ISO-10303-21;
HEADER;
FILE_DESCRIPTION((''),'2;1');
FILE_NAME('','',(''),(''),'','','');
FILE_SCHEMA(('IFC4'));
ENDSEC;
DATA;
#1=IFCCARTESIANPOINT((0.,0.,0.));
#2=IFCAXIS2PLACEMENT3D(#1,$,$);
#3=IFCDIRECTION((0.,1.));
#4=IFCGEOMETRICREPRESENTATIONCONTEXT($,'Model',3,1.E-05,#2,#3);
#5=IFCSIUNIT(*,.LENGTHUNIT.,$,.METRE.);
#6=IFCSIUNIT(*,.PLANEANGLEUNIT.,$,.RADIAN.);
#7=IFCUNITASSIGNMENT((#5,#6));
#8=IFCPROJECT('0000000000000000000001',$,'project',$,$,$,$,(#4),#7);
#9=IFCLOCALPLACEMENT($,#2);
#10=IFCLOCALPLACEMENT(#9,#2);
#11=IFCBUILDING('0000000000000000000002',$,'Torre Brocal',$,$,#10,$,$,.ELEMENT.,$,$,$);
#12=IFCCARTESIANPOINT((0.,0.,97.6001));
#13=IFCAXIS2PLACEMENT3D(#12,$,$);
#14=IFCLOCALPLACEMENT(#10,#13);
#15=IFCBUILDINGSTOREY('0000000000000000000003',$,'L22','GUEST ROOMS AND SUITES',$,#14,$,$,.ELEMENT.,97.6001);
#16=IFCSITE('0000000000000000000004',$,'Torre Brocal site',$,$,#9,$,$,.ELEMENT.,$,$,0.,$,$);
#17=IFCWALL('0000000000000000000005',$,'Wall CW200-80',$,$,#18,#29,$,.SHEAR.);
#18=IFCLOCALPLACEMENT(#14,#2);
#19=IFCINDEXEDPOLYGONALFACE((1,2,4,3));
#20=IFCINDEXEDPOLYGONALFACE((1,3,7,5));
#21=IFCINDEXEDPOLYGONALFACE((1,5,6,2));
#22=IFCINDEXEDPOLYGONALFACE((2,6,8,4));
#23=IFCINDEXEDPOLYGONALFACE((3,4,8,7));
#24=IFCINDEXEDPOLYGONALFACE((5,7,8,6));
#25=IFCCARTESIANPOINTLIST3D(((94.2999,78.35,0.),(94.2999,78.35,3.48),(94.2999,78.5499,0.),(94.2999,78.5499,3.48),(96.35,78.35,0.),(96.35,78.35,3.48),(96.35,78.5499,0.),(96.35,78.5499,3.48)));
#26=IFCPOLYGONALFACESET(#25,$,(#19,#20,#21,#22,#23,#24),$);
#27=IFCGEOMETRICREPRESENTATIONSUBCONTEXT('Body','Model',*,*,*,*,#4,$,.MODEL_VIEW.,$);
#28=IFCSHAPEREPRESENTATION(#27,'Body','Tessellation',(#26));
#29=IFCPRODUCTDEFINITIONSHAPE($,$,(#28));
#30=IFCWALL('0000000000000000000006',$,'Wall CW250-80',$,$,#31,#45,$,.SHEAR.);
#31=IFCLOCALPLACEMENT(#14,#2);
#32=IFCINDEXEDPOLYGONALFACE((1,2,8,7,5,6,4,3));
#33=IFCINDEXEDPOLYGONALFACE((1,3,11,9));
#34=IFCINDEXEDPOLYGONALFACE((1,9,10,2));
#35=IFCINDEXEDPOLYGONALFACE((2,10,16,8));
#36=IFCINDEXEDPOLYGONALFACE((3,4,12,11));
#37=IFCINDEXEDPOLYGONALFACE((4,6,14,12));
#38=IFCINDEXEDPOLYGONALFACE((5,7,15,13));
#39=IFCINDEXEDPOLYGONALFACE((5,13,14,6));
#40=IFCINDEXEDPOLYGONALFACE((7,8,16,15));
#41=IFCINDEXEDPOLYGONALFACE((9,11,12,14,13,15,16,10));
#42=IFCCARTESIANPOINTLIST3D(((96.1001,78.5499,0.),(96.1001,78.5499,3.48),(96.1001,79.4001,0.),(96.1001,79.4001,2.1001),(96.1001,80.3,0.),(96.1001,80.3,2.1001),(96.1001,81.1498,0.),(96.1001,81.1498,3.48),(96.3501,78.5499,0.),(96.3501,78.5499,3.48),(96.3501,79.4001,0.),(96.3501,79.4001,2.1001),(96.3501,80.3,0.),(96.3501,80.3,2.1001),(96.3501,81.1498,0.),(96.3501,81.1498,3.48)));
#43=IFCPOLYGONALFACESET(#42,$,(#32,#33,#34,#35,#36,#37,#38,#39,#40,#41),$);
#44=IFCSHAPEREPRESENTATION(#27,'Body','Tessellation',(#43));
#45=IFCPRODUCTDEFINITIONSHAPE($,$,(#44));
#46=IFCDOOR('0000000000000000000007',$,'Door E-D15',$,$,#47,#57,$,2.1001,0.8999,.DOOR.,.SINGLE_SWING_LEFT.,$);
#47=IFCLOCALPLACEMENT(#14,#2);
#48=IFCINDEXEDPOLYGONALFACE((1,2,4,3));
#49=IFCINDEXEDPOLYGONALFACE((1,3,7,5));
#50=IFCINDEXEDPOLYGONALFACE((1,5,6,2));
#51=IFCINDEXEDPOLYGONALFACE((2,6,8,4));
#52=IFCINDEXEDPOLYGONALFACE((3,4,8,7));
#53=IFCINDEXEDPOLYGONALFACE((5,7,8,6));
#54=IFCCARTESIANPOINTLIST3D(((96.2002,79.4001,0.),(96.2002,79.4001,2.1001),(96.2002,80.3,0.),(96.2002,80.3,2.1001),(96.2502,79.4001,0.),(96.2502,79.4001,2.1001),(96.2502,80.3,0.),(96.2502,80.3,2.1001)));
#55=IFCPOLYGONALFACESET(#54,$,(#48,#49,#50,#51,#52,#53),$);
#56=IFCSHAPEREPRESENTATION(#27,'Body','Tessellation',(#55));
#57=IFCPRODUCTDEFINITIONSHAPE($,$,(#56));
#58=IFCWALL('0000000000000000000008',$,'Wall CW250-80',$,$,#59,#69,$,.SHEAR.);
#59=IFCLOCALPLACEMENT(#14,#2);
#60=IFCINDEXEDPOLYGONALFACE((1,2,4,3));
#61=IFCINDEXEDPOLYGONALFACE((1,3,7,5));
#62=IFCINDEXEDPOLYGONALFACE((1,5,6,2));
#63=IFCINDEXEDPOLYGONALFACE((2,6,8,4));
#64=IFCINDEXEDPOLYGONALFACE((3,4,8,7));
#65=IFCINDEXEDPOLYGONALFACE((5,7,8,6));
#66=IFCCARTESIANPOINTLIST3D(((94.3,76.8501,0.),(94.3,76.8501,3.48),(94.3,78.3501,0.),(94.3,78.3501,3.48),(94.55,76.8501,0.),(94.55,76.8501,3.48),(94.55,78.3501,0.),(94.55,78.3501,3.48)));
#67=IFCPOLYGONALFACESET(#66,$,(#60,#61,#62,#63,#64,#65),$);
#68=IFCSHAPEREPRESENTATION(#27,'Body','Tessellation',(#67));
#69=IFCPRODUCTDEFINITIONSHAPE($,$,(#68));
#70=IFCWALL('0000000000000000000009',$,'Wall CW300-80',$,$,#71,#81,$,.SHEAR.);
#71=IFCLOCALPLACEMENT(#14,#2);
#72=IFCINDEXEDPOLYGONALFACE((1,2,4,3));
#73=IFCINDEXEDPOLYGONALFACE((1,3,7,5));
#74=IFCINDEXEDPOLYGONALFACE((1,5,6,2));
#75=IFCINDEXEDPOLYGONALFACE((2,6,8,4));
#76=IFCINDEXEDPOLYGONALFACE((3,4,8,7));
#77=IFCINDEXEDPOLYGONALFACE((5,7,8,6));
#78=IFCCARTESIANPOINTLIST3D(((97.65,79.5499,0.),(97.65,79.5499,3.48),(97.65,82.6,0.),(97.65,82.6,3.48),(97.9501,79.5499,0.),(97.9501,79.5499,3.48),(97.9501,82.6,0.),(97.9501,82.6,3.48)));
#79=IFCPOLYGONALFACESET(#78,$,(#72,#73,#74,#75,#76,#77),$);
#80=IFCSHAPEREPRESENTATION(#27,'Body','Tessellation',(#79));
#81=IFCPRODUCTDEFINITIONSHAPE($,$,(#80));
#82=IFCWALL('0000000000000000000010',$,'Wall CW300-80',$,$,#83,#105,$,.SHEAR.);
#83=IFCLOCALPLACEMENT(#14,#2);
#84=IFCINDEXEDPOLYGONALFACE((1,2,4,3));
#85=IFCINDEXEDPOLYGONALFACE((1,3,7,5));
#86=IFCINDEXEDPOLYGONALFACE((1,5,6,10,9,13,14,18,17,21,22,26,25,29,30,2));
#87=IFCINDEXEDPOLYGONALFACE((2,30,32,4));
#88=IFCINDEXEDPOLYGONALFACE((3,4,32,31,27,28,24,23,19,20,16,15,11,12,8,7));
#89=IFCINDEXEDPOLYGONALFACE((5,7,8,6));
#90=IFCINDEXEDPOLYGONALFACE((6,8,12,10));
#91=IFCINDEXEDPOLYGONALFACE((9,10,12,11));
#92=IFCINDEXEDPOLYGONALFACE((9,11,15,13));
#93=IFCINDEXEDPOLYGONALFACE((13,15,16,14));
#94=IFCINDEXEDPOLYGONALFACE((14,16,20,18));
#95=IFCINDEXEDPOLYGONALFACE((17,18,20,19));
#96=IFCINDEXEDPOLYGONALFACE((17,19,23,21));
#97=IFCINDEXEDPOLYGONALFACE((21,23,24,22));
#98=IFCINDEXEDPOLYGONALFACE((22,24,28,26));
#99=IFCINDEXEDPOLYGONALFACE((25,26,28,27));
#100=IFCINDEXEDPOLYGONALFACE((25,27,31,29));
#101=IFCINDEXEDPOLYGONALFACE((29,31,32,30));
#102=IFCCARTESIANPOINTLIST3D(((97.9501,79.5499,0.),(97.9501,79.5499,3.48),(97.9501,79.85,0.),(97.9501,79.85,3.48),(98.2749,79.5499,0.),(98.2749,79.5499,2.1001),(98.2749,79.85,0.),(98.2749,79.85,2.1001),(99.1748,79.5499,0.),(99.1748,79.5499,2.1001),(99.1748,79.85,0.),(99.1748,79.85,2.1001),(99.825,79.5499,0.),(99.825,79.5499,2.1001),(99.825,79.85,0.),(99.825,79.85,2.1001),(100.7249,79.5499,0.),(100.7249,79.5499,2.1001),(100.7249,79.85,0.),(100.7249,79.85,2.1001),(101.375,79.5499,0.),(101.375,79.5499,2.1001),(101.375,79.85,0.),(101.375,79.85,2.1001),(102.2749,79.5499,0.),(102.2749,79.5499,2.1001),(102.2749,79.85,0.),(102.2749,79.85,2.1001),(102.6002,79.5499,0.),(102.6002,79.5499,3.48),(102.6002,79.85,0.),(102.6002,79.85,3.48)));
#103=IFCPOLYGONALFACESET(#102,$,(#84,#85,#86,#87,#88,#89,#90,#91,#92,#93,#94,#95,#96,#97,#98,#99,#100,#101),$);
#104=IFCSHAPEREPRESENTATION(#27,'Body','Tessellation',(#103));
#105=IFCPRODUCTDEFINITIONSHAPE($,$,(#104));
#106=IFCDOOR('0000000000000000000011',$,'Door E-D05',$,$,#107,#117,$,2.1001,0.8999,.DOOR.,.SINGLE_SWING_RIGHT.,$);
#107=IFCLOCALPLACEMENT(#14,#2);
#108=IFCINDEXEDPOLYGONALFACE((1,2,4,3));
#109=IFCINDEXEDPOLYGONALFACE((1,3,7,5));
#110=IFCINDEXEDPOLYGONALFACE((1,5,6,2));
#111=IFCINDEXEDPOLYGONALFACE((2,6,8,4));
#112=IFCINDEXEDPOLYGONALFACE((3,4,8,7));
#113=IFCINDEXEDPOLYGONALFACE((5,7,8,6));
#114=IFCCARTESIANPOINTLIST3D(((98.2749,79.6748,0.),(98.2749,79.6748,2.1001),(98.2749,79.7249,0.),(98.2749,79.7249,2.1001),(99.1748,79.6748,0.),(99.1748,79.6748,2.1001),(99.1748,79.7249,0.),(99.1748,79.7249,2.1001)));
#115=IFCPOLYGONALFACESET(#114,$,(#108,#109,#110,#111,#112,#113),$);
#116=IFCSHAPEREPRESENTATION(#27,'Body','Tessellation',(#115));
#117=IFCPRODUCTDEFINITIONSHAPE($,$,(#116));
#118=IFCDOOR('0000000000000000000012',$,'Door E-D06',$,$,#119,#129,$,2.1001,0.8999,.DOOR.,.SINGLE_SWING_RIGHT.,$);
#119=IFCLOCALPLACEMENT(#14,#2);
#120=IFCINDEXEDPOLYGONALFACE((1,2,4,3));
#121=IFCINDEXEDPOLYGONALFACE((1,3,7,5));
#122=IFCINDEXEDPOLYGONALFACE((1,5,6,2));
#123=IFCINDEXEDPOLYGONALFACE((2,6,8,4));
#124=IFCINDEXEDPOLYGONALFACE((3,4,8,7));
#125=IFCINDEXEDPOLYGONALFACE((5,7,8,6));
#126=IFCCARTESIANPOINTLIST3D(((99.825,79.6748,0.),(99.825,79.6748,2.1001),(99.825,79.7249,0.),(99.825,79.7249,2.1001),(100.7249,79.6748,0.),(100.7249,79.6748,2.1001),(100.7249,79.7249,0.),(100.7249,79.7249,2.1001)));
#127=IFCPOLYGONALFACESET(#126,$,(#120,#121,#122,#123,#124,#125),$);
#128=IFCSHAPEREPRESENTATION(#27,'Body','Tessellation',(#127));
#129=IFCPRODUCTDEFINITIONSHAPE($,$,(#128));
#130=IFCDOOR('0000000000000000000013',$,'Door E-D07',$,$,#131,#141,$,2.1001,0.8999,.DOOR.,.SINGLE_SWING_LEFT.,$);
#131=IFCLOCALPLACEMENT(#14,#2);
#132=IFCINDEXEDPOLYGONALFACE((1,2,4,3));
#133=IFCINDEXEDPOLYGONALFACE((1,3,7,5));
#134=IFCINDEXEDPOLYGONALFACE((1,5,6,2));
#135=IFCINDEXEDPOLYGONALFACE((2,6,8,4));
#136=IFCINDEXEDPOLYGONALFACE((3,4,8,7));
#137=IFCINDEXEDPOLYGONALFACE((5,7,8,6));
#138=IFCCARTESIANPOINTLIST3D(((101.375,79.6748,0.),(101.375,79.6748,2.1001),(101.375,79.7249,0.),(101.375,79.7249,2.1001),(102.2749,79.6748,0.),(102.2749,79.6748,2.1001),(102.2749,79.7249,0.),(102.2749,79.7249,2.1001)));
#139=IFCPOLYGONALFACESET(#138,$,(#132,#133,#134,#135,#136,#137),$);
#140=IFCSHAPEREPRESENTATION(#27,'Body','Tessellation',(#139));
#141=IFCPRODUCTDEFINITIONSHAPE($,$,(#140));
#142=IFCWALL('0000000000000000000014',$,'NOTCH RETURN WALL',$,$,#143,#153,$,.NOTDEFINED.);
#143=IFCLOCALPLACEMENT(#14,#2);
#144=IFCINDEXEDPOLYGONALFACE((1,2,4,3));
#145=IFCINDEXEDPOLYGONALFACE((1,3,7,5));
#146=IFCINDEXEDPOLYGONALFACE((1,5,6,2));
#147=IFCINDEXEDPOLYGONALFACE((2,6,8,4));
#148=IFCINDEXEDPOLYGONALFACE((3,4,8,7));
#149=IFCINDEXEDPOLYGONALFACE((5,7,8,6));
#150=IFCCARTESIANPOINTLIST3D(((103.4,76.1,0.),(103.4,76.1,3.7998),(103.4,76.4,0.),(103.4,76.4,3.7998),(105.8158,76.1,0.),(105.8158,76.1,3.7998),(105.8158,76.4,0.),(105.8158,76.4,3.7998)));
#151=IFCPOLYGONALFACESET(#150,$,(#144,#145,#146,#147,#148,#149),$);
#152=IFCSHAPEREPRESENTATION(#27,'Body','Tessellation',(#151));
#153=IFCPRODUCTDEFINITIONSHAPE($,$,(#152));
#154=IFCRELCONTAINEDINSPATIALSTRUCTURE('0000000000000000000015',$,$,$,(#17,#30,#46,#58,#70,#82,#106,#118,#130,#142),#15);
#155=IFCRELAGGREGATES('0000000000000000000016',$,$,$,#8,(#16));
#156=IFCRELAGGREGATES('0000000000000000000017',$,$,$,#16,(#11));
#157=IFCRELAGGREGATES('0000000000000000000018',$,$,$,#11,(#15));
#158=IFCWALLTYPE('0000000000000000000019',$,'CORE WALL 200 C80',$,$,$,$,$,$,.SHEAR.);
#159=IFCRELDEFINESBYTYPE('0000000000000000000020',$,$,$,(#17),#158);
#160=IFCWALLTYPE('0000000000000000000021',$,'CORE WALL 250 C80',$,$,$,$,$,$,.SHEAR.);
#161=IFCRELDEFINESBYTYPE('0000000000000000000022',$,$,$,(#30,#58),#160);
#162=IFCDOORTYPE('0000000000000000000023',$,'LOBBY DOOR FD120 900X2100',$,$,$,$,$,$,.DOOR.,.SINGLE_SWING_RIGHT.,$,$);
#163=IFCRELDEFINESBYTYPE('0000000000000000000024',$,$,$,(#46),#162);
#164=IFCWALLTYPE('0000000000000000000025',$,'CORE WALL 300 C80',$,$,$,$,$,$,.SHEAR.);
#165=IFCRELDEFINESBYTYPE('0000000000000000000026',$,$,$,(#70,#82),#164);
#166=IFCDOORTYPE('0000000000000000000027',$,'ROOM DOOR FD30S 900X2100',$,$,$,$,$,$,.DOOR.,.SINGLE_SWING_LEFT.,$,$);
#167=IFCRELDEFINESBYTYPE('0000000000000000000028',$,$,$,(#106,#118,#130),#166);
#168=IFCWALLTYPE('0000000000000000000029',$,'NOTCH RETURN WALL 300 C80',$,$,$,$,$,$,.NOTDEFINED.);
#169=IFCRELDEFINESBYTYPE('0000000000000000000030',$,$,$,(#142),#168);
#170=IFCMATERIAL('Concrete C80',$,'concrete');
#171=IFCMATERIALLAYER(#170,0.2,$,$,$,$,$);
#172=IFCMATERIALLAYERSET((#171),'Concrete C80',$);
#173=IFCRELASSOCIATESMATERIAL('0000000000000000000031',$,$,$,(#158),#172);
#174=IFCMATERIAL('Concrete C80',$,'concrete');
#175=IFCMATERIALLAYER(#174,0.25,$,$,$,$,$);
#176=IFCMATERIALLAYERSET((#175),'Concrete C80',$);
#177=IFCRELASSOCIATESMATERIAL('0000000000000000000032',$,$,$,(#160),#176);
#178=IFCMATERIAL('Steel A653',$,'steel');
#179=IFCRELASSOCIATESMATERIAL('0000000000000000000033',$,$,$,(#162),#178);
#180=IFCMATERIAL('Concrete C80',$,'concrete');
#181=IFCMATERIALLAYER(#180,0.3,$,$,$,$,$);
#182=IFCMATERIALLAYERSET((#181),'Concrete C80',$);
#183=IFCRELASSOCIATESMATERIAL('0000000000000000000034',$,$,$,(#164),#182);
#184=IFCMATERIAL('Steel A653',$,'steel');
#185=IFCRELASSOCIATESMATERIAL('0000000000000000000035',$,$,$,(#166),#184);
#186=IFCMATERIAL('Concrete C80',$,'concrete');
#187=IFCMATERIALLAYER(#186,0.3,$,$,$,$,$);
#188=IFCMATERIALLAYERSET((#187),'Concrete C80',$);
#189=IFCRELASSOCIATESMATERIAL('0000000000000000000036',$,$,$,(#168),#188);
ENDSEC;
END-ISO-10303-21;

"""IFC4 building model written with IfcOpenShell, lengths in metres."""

from ifc_helpers import new_model, si_unit, direction, frame, frame_2d, origin, place, context, subcontext, project, spatial, rectangle, extrude, material, layer, layer_set, type_object, element, fill, save


model = new_model("IFC4")

# Units and contexts
model_context = context("Model", 3, precision=1e-05, world=origin(), true_north=direction((0.0, 1.0)))
body_context = subcontext(model_context, "Body", "Model", "MODEL_VIEW")
ifc_project = project(units=[si_unit("LENGTHUNIT", "METRE"), si_unit("PLANEANGLEUNIT", "RADIAN")], contexts=[model_context])

# Site, building, storey
site_placement = place(None, origin())
site = spatial("IfcSite", under=ifc_project, at=site_placement, Name="Torre Brocal site", CompositionType="ELEMENT", RefElevation=0.0)
building_placement = place(site_placement, origin())
building = spatial("IfcBuilding", under=site, at=building_placement, Name="Torre Brocal", CompositionType="ELEMENT")
storey_placement = place(building_placement, frame((0.0, 0.0, 97.6001)))
storey = spatial("IfcBuildingStorey", under=building, at=storey_placement, Name="L22", Description="GUEST ROOMS AND SUITES", CompositionType="ELEMENT", Elevation=97.6001)

# Wall
ifc_material_1 = material(Name="Concrete C80", Category="concrete")
ifc_layer_1 = layer(ifc_material_1, 0.2)
ifc_layer_set_1 = layer_set([ifc_layer_1], Name="Concrete C80")
wall_type_1 = type_object("IfcWallType", Name="CORE WALL 200 C80", PredefinedType="SHEAR", material=ifc_layer_set_1)
wall_1_placement = place(storey_placement, frame((94.3, 78.45, 0.0), z_axis=(0.0, 0.0, 1.0), x_axis=(1.0, 0.0, 0.0)))
element("IfcWall", 1, at=wall_1_placement, inside=storey, type_object=wall_type_1, Name="Wall CW200-80", PredefinedType="SHEAR", context=body_context, shape_type="SweptSolid", body=[
    extrude(rectangle(XDim=2.05, YDim=0.2, at=frame_2d((1.0249, 0.0))), origin(), (0.0, 0.0, 1.0), 3.48),
])

# Wall, opening, door
ifc_material_2 = material(Name="Concrete C80", Category="concrete")
ifc_layer_2 = layer(ifc_material_2, 0.25)
ifc_layer_set_2 = layer_set([ifc_layer_2], Name="Concrete C80")
wall_type_2 = type_object("IfcWallType", Name="CORE WALL 250 C80", PredefinedType="SHEAR", material=ifc_layer_set_2)
wall_2_placement = place(storey_placement, frame((96.2251, 78.55, 0.0), z_axis=(0.0, 0.0, 1.0), x_axis=(0.0, 1.0, 0.0)))
wall_2 = element("IfcWall", 2, at=wall_2_placement, inside=storey, type_object=wall_type_2, Name="Wall CW250-80", PredefinedType="SHEAR", context=body_context, shape_type="SweptSolid", body=[
    extrude(rectangle(XDim=2.5999, YDim=0.25, at=frame_2d((1.2998, 0.0))), origin(), (0.0, 0.0, 1.0), 3.48),
])
opening_1_placement = place(wall_2_placement, frame((0.8501, 0.0, 0.0)))
opening_1 = element("IfcOpeningElement", 3, at=opening_1_placement, cuts=wall_2, PredefinedType="OPENING", context=body_context, shape_type="SweptSolid", body=[
    extrude(rectangle(XDim=0.8999, YDim=2.1001, at=frame_2d((0.45, 1.05))), frame((0.0, 0.135, 0.0), z_axis=(0.0, -1.0, 0.0), x_axis=(1.0, 0.0, 0.0)), (0.0, 0.0, 1.0), 0.27),
])
ifc_material_3 = material(Name="Steel A653", Category="steel")
door_type_1 = type_object("IfcDoorType", Name="LOBBY DOOR FD120 900X2100", OperationType="SINGLE_SWING_RIGHT", PredefinedType="DOOR", material=ifc_material_3)
door_1_placement = place(opening_1_placement, origin())
door_1 = element("IfcDoor", 4, at=door_1_placement, inside=storey, type_object=door_type_1, Name="Door E-D15", OperationType="SINGLE_SWING_LEFT", OverallHeight=2.1001, OverallWidth=0.8999, PredefinedType="DOOR", context=body_context, shape_type="SweptSolid", body=[
    extrude(rectangle(XDim=0.8999, YDim=2.1001, at=frame_2d((0.45, 1.05))), frame((0.0, 0.0249, 0.0), z_axis=(0.0, -1.0, 0.0), x_axis=(1.0, 0.0, 0.0)), (0.0, 0.0, 1.0), 0.05),
])
fill(opening_1, door_1)

# Walls
wall_3_placement = place(storey_placement, frame((94.425, 76.8501, 0.0), z_axis=(0.0, 0.0, 1.0), x_axis=(0.0, 1.0, 0.0)))
element("IfcWall", 5, at=wall_3_placement, inside=storey, type_object=wall_type_2, Name="Wall CW250-80", PredefinedType="SHEAR", context=body_context, shape_type="SweptSolid", body=[
    extrude(rectangle(XDim=1.5, YDim=0.25, at=frame_2d((0.75, 0.0))), origin(), (0.0, 0.0, 1.0), 3.48),
])
ifc_material_4 = material(Name="Concrete C80", Category="concrete")
ifc_layer_3 = layer(ifc_material_4, 0.3)
ifc_layer_set_3 = layer_set([ifc_layer_3], Name="Concrete C80")
wall_type_3 = type_object("IfcWallType", Name="CORE WALL 300 C80", PredefinedType="SHEAR", material=ifc_layer_set_3)
wall_4_placement = place(storey_placement, frame((97.8, 79.55, 0.0), z_axis=(0.0, 0.0, 1.0), x_axis=(0.0, 1.0, 0.0)))
element("IfcWall", 6, at=wall_4_placement, inside=storey, type_object=wall_type_3, Name="Wall CW300-80", PredefinedType="SHEAR", context=body_context, shape_type="SweptSolid", body=[
    extrude(rectangle(XDim=3.05, YDim=0.3, at=frame_2d((1.5249, 0.0))), origin(), (0.0, 0.0, 1.0), 3.48),
])

# Wall, openings, doors
wall_5_placement = place(storey_placement, frame((97.95, 79.7, 0.0), z_axis=(0.0, 0.0, 1.0), x_axis=(1.0, 0.0, 0.0)))
wall_5 = element("IfcWall", 7, at=wall_5_placement, inside=storey, type_object=wall_type_3, Name="Wall CW300-80", PredefinedType="SHEAR", context=body_context, shape_type="SweptSolid", body=[
    extrude(rectangle(XDim=4.6501, YDim=0.3, at=frame_2d((2.3252, 0.0))), origin(), (0.0, 0.0, 1.0), 3.48),
])
opening_2_placement = place(wall_5_placement, frame((0.325, 0.0, 0.0)))
opening_2 = element("IfcOpeningElement", 8, at=opening_2_placement, cuts=wall_5, PredefinedType="OPENING", context=body_context, shape_type="SweptSolid", body=[
    extrude(rectangle(XDim=0.8999, YDim=2.1001, at=frame_2d((0.45, 1.05))), frame((0.0, 0.1599, 0.0), z_axis=(0.0, -1.0, 0.0), x_axis=(1.0, 0.0, 0.0)), (0.0, 0.0, 1.0), 0.3201),
])
opening_3_placement = place(wall_5_placement, frame((1.875, 0.0, 0.0)))
opening_3 = element("IfcOpeningElement", 9, at=opening_3_placement, cuts=wall_5, PredefinedType="OPENING", context=body_context, shape_type="SweptSolid", body=[
    extrude(rectangle(XDim=0.8999, YDim=2.1001, at=frame_2d((0.45, 1.05))), frame((0.0, 0.1599, 0.0), z_axis=(0.0, -1.0, 0.0), x_axis=(1.0, 0.0, 0.0)), (0.0, 0.0, 1.0), 0.3201),
])
opening_4_placement = place(wall_5_placement, frame((3.425, 0.0, 0.0)))
opening_4 = element("IfcOpeningElement", 10, at=opening_4_placement, cuts=wall_5, PredefinedType="OPENING", context=body_context, shape_type="SweptSolid", body=[
    extrude(rectangle(XDim=0.8999, YDim=2.1001, at=frame_2d((0.45, 1.05))), frame((0.0, 0.1599, 0.0), z_axis=(0.0, -1.0, 0.0), x_axis=(1.0, 0.0, 0.0)), (0.0, 0.0, 1.0), 0.3201),
])
ifc_material_5 = material(Name="Steel A653", Category="steel")
door_type_2 = type_object("IfcDoorType", Name="ROOM DOOR FD30S 900X2100", OperationType="SINGLE_SWING_LEFT", PredefinedType="DOOR", material=ifc_material_5)
door_2_placement = place(opening_2_placement, origin())
door_2 = element("IfcDoor", 11, at=door_2_placement, inside=storey, type_object=door_type_2, Name="Door E-D05", OperationType="SINGLE_SWING_RIGHT", OverallHeight=2.1001, OverallWidth=0.8999, PredefinedType="DOOR", context=body_context, shape_type="SweptSolid", body=[
    extrude(rectangle(XDim=0.8999, YDim=2.1001, at=frame_2d((0.45, 1.05))), frame((0.0, 0.0249, 0.0), z_axis=(0.0, -1.0, 0.0), x_axis=(1.0, 0.0, 0.0)), (0.0, 0.0, 1.0), 0.05),
])
fill(opening_2, door_2)
door_3_placement = place(opening_3_placement, origin())
door_3 = element("IfcDoor", 12, at=door_3_placement, inside=storey, type_object=door_type_2, Name="Door E-D06", OperationType="SINGLE_SWING_RIGHT", OverallHeight=2.1001, OverallWidth=0.8999, PredefinedType="DOOR", context=body_context, shape_type="SweptSolid", body=[
    extrude(rectangle(XDim=0.8999, YDim=2.1001, at=frame_2d((0.45, 1.05))), frame((0.0, 0.0249, 0.0), z_axis=(0.0, -1.0, 0.0), x_axis=(1.0, 0.0, 0.0)), (0.0, 0.0, 1.0), 0.05),
])
fill(opening_3, door_3)
door_4_placement = place(opening_4_placement, origin())
door_4 = element("IfcDoor", 13, at=door_4_placement, inside=storey, type_object=door_type_2, Name="Door E-D07", OperationType="SINGLE_SWING_LEFT", OverallHeight=2.1001, OverallWidth=0.8999, PredefinedType="DOOR", context=body_context, shape_type="SweptSolid", body=[
    extrude(rectangle(XDim=0.8999, YDim=2.1001, at=frame_2d((0.45, 1.05))), frame((0.0, 0.0249, 0.0), z_axis=(0.0, -1.0, 0.0), x_axis=(1.0, 0.0, 0.0)), (0.0, 0.0, 1.0), 0.05),
])
fill(opening_4, door_4)

# Wall
ifc_material_6 = material(Name="Concrete C80", Category="concrete")
ifc_layer_4 = layer(ifc_material_6, 0.3)
ifc_layer_set_4 = layer_set([ifc_layer_4], Name="Concrete C80")
wall_type_4 = type_object("IfcWallType", Name="NOTCH RETURN WALL 300 C80", PredefinedType="NOTDEFINED", material=ifc_layer_set_4)
wall_6_placement = place(storey_placement, frame((103.3999, 76.25, 0.0), z_axis=(0.0, 0.0, 1.0), x_axis=(1.0, 0.0, 0.0)))
element("IfcWall", 14, at=wall_6_placement, inside=storey, type_object=wall_type_4, Name="NOTCH RETURN WALL", PredefinedType="NOTDEFINED", context=body_context, shape_type="SweptSolid", body=[
    extrude(rectangle(XDim=2.4158, YDim=0.3, at=frame_2d((1.208, 0.0))), origin(), (0.0, 0.0, 1.0), 3.7998),
])

save(model, "model.ifc")
